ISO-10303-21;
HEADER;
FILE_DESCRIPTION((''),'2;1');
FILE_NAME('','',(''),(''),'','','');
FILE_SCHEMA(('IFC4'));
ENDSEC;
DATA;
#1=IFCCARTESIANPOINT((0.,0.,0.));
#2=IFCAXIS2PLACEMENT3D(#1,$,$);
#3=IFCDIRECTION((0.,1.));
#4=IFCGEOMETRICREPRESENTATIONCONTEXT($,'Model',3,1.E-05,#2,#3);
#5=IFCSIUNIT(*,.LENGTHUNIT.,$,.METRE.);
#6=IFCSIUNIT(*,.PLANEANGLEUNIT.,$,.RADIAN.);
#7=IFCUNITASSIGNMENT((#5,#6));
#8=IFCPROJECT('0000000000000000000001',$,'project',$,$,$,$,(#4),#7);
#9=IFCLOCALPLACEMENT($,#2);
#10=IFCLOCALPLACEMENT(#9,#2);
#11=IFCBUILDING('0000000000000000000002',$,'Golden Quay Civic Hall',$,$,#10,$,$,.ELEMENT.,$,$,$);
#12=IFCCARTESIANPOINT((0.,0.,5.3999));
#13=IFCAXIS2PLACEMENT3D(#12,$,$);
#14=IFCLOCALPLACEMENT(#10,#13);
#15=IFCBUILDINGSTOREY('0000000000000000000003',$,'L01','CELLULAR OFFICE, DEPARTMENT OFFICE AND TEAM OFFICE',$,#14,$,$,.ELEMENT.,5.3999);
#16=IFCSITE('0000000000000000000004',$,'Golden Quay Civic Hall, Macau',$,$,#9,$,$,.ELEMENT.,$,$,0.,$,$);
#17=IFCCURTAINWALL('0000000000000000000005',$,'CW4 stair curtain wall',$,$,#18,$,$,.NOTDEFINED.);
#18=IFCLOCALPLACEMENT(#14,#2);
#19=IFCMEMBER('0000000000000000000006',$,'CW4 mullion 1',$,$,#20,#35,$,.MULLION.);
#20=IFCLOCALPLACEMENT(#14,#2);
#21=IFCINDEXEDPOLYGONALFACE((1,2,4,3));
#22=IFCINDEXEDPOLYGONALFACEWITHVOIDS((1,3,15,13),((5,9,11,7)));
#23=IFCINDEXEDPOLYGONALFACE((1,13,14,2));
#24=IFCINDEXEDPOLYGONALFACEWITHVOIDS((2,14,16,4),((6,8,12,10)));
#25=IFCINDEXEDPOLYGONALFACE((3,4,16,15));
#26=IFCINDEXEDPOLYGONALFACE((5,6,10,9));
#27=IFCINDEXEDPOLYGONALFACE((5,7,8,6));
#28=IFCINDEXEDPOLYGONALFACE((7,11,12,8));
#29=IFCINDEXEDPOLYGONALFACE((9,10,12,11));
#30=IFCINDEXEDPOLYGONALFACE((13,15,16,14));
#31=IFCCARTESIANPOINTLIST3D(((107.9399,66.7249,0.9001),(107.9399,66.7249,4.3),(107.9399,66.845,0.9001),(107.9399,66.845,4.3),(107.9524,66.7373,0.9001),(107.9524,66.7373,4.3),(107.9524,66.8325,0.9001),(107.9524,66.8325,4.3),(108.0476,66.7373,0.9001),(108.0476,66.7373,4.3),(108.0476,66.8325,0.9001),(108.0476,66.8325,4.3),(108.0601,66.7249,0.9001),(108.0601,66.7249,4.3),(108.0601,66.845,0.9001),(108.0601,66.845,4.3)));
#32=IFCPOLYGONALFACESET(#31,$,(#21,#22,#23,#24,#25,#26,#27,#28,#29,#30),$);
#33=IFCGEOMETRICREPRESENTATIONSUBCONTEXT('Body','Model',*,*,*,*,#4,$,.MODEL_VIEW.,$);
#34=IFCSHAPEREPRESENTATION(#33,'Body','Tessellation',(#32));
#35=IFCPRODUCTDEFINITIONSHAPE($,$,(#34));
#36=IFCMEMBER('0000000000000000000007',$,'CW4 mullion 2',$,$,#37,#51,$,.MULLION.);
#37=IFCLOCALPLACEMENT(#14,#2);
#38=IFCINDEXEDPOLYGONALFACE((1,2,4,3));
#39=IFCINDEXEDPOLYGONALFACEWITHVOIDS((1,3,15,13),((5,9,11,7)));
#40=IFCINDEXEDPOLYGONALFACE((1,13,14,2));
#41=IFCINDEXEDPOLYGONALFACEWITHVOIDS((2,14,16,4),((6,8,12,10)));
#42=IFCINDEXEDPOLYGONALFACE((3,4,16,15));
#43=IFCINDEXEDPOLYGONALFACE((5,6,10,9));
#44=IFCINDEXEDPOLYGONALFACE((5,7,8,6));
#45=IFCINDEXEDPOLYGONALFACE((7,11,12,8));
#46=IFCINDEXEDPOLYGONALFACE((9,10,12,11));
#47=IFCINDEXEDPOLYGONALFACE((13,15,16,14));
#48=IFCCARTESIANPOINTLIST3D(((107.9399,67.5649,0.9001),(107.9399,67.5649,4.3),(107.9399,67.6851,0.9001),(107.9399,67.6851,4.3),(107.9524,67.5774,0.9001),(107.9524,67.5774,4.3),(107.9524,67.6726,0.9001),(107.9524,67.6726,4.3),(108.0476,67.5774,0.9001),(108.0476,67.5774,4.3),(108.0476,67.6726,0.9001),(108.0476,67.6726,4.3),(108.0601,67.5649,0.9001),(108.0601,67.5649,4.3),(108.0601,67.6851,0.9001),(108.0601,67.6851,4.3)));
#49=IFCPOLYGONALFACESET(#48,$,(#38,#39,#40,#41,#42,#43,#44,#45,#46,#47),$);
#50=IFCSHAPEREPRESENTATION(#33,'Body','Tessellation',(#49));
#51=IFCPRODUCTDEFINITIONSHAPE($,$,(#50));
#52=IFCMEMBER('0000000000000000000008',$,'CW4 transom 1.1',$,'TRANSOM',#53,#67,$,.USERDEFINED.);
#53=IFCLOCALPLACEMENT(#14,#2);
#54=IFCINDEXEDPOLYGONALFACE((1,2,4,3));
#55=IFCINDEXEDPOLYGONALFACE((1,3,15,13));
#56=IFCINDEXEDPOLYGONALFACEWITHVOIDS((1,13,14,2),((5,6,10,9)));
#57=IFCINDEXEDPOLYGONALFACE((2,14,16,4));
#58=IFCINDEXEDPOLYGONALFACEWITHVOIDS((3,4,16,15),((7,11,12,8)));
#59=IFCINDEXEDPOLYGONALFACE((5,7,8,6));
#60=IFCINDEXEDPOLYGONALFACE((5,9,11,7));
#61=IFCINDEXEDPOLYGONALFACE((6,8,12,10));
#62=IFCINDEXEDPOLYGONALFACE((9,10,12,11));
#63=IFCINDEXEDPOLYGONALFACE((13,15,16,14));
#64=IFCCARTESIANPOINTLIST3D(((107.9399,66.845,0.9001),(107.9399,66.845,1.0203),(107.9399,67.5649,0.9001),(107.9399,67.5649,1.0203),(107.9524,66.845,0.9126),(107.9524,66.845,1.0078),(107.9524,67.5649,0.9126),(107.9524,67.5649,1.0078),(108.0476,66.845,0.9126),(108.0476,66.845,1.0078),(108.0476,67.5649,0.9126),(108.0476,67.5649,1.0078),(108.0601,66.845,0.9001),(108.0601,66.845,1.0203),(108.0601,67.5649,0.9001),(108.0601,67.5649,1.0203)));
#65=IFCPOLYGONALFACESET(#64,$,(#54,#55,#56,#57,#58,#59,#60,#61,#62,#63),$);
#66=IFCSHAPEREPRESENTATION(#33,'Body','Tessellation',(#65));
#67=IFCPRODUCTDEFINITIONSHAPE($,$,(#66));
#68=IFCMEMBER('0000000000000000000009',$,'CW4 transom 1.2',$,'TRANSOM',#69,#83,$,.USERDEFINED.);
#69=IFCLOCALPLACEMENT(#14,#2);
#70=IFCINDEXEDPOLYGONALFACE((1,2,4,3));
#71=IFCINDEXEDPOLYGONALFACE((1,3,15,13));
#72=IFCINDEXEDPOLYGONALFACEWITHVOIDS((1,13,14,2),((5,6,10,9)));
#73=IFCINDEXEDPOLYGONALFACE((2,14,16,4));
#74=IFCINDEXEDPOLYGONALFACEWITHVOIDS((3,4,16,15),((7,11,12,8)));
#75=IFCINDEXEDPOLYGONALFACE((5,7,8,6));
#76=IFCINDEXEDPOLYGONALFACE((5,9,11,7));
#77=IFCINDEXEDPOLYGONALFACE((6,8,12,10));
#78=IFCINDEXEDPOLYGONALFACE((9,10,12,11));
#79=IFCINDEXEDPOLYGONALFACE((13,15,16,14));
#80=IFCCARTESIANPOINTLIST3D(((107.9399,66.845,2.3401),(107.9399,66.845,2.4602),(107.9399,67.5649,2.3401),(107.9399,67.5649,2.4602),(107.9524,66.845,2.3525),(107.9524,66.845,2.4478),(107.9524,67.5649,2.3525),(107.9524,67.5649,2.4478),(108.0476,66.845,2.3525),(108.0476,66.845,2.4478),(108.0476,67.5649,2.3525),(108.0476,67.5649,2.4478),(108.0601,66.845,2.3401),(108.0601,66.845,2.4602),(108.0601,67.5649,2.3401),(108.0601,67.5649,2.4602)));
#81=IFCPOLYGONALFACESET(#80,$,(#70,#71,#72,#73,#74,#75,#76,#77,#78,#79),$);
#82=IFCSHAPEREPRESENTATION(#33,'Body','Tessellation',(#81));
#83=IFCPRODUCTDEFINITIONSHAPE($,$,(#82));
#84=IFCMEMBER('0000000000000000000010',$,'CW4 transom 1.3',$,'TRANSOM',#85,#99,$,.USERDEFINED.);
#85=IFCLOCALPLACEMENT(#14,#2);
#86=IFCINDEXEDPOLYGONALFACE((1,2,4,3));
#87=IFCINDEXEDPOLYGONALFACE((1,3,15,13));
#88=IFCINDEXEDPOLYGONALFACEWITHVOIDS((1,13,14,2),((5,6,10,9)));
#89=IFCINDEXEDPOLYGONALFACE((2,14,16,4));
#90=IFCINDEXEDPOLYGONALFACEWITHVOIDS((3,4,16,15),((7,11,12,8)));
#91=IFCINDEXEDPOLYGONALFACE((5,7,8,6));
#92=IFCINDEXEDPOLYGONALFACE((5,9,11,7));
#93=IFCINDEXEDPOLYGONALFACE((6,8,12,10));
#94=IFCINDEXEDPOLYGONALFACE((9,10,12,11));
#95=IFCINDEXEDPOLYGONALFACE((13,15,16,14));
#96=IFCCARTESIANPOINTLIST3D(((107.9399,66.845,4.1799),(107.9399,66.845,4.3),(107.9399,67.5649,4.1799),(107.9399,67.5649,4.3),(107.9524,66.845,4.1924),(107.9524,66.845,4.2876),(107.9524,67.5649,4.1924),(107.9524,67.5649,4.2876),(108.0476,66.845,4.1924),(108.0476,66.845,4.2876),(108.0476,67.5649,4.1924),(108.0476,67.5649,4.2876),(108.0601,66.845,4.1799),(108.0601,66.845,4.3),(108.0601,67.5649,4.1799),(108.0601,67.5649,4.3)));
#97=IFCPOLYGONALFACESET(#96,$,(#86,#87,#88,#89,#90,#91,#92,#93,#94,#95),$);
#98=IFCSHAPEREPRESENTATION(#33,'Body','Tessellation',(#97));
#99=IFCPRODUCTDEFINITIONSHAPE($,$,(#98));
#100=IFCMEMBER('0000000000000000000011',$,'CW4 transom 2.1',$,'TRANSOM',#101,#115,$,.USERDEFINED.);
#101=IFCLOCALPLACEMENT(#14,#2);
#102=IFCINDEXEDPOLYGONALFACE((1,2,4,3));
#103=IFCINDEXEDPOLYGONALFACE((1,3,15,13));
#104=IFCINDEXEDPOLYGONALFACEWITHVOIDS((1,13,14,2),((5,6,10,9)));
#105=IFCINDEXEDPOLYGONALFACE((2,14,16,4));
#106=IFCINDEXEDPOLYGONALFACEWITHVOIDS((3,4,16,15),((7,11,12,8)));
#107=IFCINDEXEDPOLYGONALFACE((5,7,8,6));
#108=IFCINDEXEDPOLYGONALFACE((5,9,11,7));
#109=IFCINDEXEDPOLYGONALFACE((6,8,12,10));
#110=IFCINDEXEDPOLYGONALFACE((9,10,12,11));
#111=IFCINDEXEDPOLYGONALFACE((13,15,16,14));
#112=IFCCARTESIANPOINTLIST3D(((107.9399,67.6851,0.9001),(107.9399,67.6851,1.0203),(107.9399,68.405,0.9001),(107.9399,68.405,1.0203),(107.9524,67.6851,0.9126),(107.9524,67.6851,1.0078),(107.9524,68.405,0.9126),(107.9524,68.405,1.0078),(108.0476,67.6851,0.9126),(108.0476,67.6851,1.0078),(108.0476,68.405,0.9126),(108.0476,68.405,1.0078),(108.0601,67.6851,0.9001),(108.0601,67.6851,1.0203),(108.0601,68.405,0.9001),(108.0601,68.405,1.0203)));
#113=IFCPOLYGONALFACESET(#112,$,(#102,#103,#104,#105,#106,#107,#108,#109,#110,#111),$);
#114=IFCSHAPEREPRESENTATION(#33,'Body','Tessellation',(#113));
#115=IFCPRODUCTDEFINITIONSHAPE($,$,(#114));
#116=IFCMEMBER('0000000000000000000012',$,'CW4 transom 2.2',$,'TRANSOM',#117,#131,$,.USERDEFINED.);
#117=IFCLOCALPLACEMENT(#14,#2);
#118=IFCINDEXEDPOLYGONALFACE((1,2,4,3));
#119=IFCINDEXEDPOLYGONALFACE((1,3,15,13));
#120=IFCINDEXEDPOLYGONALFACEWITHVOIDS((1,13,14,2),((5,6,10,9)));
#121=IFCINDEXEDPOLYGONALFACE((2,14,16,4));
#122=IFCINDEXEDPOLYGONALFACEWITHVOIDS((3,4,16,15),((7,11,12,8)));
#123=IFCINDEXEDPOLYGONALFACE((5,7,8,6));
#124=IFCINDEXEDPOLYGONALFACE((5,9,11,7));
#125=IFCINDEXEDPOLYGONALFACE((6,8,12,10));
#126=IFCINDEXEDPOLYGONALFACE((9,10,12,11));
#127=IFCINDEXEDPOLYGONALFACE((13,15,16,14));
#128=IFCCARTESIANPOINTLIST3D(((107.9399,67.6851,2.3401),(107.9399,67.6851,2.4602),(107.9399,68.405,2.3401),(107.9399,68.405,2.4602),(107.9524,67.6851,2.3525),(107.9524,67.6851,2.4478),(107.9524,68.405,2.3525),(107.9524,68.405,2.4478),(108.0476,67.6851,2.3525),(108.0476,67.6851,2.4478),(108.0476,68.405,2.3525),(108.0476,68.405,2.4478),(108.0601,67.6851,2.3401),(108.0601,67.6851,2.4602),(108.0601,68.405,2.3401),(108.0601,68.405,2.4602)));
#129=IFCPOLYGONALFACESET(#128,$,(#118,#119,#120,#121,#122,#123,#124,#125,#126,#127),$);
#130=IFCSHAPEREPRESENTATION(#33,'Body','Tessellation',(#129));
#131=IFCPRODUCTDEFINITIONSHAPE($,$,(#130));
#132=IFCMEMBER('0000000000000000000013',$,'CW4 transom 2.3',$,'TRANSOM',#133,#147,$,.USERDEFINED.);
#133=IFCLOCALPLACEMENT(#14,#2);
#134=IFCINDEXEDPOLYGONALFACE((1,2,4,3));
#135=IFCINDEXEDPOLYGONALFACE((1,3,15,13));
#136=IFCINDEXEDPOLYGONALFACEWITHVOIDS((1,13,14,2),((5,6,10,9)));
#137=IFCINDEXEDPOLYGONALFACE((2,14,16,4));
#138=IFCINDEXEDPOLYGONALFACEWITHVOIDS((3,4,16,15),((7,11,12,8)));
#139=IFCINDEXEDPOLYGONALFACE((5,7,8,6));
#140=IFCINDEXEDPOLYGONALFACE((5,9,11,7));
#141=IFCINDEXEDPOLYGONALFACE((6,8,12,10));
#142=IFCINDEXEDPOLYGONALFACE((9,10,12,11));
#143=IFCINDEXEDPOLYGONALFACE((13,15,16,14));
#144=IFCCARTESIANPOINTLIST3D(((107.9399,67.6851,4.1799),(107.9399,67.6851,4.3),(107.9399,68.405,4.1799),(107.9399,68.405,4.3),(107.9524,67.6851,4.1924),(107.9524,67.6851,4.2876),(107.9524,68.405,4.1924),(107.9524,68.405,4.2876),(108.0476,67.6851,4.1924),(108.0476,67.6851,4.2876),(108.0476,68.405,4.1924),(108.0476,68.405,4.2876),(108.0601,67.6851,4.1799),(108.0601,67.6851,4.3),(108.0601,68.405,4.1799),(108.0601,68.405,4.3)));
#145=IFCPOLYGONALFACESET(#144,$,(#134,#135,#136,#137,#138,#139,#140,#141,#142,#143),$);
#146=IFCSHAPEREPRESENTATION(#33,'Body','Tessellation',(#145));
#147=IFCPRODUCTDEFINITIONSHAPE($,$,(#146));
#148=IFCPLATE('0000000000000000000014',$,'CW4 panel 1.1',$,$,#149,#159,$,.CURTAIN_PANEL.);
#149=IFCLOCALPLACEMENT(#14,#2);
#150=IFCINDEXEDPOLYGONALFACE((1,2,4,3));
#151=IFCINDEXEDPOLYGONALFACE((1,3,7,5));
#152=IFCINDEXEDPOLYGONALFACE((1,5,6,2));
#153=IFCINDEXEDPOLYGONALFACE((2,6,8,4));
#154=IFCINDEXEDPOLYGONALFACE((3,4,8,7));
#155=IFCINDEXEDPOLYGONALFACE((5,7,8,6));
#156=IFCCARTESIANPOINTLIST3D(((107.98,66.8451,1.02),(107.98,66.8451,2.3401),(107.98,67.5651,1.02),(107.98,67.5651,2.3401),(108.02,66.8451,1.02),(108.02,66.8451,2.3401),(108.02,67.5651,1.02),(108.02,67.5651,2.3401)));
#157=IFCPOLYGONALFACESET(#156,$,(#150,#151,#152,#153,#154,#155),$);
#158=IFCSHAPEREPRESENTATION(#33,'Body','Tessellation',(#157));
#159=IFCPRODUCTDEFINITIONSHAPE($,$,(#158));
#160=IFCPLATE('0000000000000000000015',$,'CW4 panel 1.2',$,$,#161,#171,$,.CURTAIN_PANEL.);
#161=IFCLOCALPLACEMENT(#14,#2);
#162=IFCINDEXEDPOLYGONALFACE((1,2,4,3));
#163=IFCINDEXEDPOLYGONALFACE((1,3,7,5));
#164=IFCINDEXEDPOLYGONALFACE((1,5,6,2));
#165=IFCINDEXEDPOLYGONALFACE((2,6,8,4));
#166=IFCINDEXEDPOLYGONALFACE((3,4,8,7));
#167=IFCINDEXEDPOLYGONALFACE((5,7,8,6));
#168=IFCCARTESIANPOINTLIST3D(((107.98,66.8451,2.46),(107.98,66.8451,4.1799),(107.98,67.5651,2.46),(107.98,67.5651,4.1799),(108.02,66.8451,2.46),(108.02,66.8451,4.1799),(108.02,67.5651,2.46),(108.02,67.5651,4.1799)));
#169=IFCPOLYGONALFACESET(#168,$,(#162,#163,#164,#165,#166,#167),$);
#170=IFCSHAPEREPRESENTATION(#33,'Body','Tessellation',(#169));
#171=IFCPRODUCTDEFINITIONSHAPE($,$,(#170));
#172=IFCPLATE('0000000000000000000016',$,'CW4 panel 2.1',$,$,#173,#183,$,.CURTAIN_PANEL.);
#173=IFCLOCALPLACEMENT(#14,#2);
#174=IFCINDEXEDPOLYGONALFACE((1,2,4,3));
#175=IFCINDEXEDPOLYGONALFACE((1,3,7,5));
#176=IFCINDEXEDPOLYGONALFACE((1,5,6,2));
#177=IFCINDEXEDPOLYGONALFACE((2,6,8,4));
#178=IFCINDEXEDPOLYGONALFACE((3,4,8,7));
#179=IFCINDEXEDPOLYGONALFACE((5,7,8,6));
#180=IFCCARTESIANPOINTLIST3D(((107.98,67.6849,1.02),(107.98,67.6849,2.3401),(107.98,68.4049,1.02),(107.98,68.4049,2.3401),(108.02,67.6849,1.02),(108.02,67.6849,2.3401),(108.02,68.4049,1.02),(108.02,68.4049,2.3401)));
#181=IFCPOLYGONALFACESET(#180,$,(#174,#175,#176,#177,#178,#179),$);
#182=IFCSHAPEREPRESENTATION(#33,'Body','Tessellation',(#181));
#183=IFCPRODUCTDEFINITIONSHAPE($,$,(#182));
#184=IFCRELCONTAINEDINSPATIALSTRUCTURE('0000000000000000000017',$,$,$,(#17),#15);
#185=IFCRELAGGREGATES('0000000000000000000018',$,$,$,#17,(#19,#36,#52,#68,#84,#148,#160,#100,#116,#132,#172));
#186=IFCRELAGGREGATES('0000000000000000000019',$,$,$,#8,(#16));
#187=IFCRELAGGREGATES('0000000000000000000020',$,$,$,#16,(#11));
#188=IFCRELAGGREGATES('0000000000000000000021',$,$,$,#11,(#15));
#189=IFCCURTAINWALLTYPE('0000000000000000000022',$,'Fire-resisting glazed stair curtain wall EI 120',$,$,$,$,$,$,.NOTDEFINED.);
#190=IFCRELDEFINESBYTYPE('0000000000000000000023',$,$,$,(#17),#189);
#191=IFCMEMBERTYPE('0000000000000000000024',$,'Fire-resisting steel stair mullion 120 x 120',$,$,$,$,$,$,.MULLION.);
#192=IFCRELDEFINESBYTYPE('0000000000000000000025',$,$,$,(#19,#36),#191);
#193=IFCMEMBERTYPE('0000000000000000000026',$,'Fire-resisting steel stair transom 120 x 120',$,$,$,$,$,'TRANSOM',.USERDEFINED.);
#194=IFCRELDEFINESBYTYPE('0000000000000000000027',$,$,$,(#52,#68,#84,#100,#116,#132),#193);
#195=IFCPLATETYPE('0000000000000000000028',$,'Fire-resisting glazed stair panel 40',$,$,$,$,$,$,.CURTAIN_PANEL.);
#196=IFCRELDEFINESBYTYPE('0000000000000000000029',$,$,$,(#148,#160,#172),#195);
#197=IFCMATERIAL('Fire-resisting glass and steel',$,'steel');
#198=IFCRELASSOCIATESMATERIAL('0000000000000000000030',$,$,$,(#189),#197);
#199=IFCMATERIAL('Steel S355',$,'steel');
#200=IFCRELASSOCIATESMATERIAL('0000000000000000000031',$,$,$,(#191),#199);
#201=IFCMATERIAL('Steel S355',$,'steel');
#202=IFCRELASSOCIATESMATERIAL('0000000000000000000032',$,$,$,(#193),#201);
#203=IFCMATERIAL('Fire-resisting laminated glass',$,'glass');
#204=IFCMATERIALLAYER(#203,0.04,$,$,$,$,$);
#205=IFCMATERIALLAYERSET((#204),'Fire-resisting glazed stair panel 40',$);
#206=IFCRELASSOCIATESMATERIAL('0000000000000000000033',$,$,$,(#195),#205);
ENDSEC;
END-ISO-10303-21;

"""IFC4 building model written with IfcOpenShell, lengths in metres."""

from ifc_helpers import new_model, si_unit, direction, frame, origin, origin_2d, place, context, subcontext, project, spatial, rectangle, hollow_rectangle, extrude, material, layer, layer_set, material_profile, profile_set, type_object, element, aggregate, save


model = new_model("IFC4")

# Units and contexts
model_context = context("Model", 3, precision=1e-05, world=origin(), true_north=direction((0.0, 1.0)))
body_context = subcontext(model_context, "Body", "Model", "MODEL_VIEW")
ifc_project = project(units=[si_unit("LENGTHUNIT", "METRE"), si_unit("PLANEANGLEUNIT", "RADIAN")], contexts=[model_context])

# Site, building, storey
site_placement = place(None, origin())
site = spatial("IfcSite", under=ifc_project, at=site_placement, Name="Golden Quay Civic Hall, Macau", CompositionType="ELEMENT", RefElevation=0.0)
building_placement = place(site_placement, origin())
building = spatial("IfcBuilding", under=site, at=building_placement, Name="Golden Quay Civic Hall", CompositionType="ELEMENT")
storey_placement = place(building_placement, frame((0.0, 0.0, 5.3999)))
storey = spatial("IfcBuildingStorey", under=building, at=storey_placement, Name="L01", Description="CELLULAR OFFICE, DEPARTMENT OFFICE AND TEAM OFFICE", CompositionType="ELEMENT", Elevation=5.3999)

# Curtain wall, members, plates
ifc_material_1 = material(Name="Fire-resisting glass and steel", Category="steel")
curtain_wall_type = type_object("IfcCurtainWallType", Name="Fire-resisting glazed stair curtain wall EI 120", PredefinedType="NOTDEFINED", material=ifc_material_1)
curtain_wall_placement = place(storey_placement, origin())
curtain_wall = element("IfcCurtainWall", 1, at=curtain_wall_placement, inside=storey, type_object=curtain_wall_type, Name="CW4 stair curtain wall", PredefinedType="NOTDEFINED")
ifc_material_2 = material(Name="Steel S355", Category="steel")
ifc_material_profile_1 = material_profile(ifc_material_2, hollow_rectangle(XDim=0.1201, YDim=0.1201, WallThickness=0.0125, at=origin_2d()), Name="SHS 120x120x12.5")
ifc_profile_set_1 = profile_set([ifc_material_profile_1], Name="Steel S355")
member_type_1 = type_object("IfcMemberType", Name="Fire-resisting steel stair mullion 120 x 120", PredefinedType="MULLION", material=ifc_profile_set_1)
member_1_placement = place(storey_placement, frame((108.0, 66.7849, 0.9001), z_axis=(0.0, 0.0, 1.0), x_axis=(-1.0, 0.0, 0.0)))
member_1 = element("IfcMember", 2, at=member_1_placement, type_object=member_type_1, Name="CW4 mullion 1", PredefinedType="MULLION", context=body_context, shape_type="SweptSolid", body=[
    extrude(hollow_rectangle(XDim=0.1201, YDim=0.1201, WallThickness=0.0125, at=origin_2d()), origin(), (0.0, 0.0, 1.0), 3.3999),
])
member_2_placement = place(storey_placement, frame((108.0, 67.625, 0.9001), z_axis=(0.0, 0.0, 1.0), x_axis=(-1.0, 0.0, 0.0)))
member_2 = element("IfcMember", 3, at=member_2_placement, type_object=member_type_1, Name="CW4 mullion 2", PredefinedType="MULLION", context=body_context, shape_type="SweptSolid", body=[
    extrude(hollow_rectangle(XDim=0.1201, YDim=0.1201, WallThickness=0.0125, at=origin_2d()), origin(), (0.0, 0.0, 1.0), 3.3999),
])
ifc_material_3 = material(Name="Steel S355", Category="steel")
ifc_material_profile_2 = material_profile(ifc_material_3, hollow_rectangle(XDim=0.1201, YDim=0.1201, WallThickness=0.0125, at=origin_2d()), Name="SHS 120x120x12.5")
ifc_profile_set_2 = profile_set([ifc_material_profile_2], Name="Steel S355")
member_type_2 = type_object("IfcMemberType", Name="Fire-resisting steel stair transom 120 x 120", ElementType="TRANSOM", PredefinedType="USERDEFINED", material=ifc_profile_set_2)
member_3_placement = place(storey_placement, frame((108.0, 66.845, 0.9602), z_axis=(0.0, 1.0, 0.0), x_axis=(-1.0, 0.0, 0.0)))
member_3 = element("IfcMember", 4, at=member_3_placement, type_object=member_type_2, Name="CW4 transom 1.1", ObjectType="TRANSOM", PredefinedType="USERDEFINED", context=body_context, shape_type="SweptSolid", body=[
    extrude(hollow_rectangle(XDim=0.1201, YDim=0.1201, WallThickness=0.0125, at=origin_2d()), origin(), (0.0, 0.0, 1.0), 0.72),
])
member_4_placement = place(storey_placement, frame((108.0, 66.845, 2.4001), z_axis=(0.0, 1.0, 0.0), x_axis=(-1.0, 0.0, 0.0)))
member_4 = element("IfcMember", 5, at=member_4_placement, type_object=member_type_2, Name="CW4 transom 1.2", ObjectType="TRANSOM", PredefinedType="USERDEFINED", context=body_context, shape_type="SweptSolid", body=[
    extrude(hollow_rectangle(XDim=0.1201, YDim=0.1201, WallThickness=0.0125, at=origin_2d()), origin(), (0.0, 0.0, 1.0), 0.72),
])
member_5_placement = place(storey_placement, frame((108.0, 66.845, 4.24), z_axis=(0.0, 1.0, 0.0), x_axis=(-1.0, 0.0, 0.0)))
member_5 = element("IfcMember", 6, at=member_5_placement, type_object=member_type_2, Name="CW4 transom 1.3", ObjectType="TRANSOM", PredefinedType="USERDEFINED", context=body_context, shape_type="SweptSolid", body=[
    extrude(hollow_rectangle(XDim=0.1201, YDim=0.1201, WallThickness=0.0125, at=origin_2d()), origin(), (0.0, 0.0, 1.0), 0.72),
])
member_6_placement = place(storey_placement, frame((108.0, 67.6851, 0.9602), z_axis=(0.0, 1.0, 0.0), x_axis=(-1.0, 0.0, 0.0)))
member_6 = element("IfcMember", 7, at=member_6_placement, type_object=member_type_2, Name="CW4 transom 2.1", ObjectType="TRANSOM", PredefinedType="USERDEFINED", context=body_context, shape_type="SweptSolid", body=[
    extrude(hollow_rectangle(XDim=0.1201, YDim=0.1201, WallThickness=0.0125, at=origin_2d()), origin(), (0.0, 0.0, 1.0), 0.72),
])
member_7_placement = place(storey_placement, frame((108.0, 67.6851, 2.4001), z_axis=(0.0, 1.0, 0.0), x_axis=(-1.0, 0.0, 0.0)))
member_7 = element("IfcMember", 8, at=member_7_placement, type_object=member_type_2, Name="CW4 transom 2.2", ObjectType="TRANSOM", PredefinedType="USERDEFINED", context=body_context, shape_type="SweptSolid", body=[
    extrude(hollow_rectangle(XDim=0.1201, YDim=0.1201, WallThickness=0.0125, at=origin_2d()), origin(), (0.0, 0.0, 1.0), 0.72),
])
member_8_placement = place(storey_placement, frame((108.0, 67.6851, 4.24), z_axis=(0.0, 1.0, 0.0), x_axis=(-1.0, 0.0, 0.0)))
member_8 = element("IfcMember", 9, at=member_8_placement, type_object=member_type_2, Name="CW4 transom 2.3", ObjectType="TRANSOM", PredefinedType="USERDEFINED", context=body_context, shape_type="SweptSolid", body=[
    extrude(hollow_rectangle(XDim=0.1201, YDim=0.1201, WallThickness=0.0125, at=origin_2d()), origin(), (0.0, 0.0, 1.0), 0.72),
])
ifc_material_4 = material(Name="Fire-resisting laminated glass", Category="glass")
ifc_layer_1 = layer(ifc_material_4, 0.04)
ifc_layer_set_1 = layer_set([ifc_layer_1], Name="Fire-resisting glazed stair panel 40")
plate_type = type_object("IfcPlateType", Name="Fire-resisting glazed stair panel 40", PredefinedType="CURTAIN_PANEL", material=ifc_layer_set_1)
plate_1_placement = place(storey_placement, frame((108.0, 67.2051, 1.02), z_axis=(0.0, 0.0, 1.0), x_axis=(0.0, 1.0, 0.0)))
plate_1 = element("IfcPlate", 10, at=plate_1_placement, type_object=plate_type, Name="CW4 panel 1.1", PredefinedType="CURTAIN_PANEL", context=body_context, shape_type="SweptSolid", body=[
    extrude(rectangle(XDim=0.72, YDim=0.04, at=origin_2d()), origin(), (0.0, 0.0, 1.0), 1.3201),
])
plate_2_placement = place(storey_placement, frame((108.0, 67.2051, 2.46), z_axis=(0.0, 0.0, 1.0), x_axis=(0.0, 1.0, 0.0)))
plate_2 = element("IfcPlate", 11, at=plate_2_placement, type_object=plate_type, Name="CW4 panel 1.2", PredefinedType="CURTAIN_PANEL", context=body_context, shape_type="SweptSolid", body=[
    extrude(rectangle(XDim=0.72, YDim=0.04, at=origin_2d()), origin(), (0.0, 0.0, 1.0), 1.72),
])
plate_3_placement = place(storey_placement, frame((108.0, 68.0449, 1.02), z_axis=(0.0, 0.0, 1.0), x_axis=(0.0, 1.0, 0.0)))
plate_3 = element("IfcPlate", 12, at=plate_3_placement, type_object=plate_type, Name="CW4 panel 2.1", PredefinedType="CURTAIN_PANEL", context=body_context, shape_type="SweptSolid", body=[
    extrude(rectangle(XDim=0.72, YDim=0.04, at=origin_2d()), origin(), (0.0, 0.0, 1.0), 1.3201),
])
aggregate(curtain_wall, [member_1, member_2, member_3, member_4, member_5, plate_1, plate_2, member_6, member_7, member_8, plate_3])

save(model, "model.ifc")
